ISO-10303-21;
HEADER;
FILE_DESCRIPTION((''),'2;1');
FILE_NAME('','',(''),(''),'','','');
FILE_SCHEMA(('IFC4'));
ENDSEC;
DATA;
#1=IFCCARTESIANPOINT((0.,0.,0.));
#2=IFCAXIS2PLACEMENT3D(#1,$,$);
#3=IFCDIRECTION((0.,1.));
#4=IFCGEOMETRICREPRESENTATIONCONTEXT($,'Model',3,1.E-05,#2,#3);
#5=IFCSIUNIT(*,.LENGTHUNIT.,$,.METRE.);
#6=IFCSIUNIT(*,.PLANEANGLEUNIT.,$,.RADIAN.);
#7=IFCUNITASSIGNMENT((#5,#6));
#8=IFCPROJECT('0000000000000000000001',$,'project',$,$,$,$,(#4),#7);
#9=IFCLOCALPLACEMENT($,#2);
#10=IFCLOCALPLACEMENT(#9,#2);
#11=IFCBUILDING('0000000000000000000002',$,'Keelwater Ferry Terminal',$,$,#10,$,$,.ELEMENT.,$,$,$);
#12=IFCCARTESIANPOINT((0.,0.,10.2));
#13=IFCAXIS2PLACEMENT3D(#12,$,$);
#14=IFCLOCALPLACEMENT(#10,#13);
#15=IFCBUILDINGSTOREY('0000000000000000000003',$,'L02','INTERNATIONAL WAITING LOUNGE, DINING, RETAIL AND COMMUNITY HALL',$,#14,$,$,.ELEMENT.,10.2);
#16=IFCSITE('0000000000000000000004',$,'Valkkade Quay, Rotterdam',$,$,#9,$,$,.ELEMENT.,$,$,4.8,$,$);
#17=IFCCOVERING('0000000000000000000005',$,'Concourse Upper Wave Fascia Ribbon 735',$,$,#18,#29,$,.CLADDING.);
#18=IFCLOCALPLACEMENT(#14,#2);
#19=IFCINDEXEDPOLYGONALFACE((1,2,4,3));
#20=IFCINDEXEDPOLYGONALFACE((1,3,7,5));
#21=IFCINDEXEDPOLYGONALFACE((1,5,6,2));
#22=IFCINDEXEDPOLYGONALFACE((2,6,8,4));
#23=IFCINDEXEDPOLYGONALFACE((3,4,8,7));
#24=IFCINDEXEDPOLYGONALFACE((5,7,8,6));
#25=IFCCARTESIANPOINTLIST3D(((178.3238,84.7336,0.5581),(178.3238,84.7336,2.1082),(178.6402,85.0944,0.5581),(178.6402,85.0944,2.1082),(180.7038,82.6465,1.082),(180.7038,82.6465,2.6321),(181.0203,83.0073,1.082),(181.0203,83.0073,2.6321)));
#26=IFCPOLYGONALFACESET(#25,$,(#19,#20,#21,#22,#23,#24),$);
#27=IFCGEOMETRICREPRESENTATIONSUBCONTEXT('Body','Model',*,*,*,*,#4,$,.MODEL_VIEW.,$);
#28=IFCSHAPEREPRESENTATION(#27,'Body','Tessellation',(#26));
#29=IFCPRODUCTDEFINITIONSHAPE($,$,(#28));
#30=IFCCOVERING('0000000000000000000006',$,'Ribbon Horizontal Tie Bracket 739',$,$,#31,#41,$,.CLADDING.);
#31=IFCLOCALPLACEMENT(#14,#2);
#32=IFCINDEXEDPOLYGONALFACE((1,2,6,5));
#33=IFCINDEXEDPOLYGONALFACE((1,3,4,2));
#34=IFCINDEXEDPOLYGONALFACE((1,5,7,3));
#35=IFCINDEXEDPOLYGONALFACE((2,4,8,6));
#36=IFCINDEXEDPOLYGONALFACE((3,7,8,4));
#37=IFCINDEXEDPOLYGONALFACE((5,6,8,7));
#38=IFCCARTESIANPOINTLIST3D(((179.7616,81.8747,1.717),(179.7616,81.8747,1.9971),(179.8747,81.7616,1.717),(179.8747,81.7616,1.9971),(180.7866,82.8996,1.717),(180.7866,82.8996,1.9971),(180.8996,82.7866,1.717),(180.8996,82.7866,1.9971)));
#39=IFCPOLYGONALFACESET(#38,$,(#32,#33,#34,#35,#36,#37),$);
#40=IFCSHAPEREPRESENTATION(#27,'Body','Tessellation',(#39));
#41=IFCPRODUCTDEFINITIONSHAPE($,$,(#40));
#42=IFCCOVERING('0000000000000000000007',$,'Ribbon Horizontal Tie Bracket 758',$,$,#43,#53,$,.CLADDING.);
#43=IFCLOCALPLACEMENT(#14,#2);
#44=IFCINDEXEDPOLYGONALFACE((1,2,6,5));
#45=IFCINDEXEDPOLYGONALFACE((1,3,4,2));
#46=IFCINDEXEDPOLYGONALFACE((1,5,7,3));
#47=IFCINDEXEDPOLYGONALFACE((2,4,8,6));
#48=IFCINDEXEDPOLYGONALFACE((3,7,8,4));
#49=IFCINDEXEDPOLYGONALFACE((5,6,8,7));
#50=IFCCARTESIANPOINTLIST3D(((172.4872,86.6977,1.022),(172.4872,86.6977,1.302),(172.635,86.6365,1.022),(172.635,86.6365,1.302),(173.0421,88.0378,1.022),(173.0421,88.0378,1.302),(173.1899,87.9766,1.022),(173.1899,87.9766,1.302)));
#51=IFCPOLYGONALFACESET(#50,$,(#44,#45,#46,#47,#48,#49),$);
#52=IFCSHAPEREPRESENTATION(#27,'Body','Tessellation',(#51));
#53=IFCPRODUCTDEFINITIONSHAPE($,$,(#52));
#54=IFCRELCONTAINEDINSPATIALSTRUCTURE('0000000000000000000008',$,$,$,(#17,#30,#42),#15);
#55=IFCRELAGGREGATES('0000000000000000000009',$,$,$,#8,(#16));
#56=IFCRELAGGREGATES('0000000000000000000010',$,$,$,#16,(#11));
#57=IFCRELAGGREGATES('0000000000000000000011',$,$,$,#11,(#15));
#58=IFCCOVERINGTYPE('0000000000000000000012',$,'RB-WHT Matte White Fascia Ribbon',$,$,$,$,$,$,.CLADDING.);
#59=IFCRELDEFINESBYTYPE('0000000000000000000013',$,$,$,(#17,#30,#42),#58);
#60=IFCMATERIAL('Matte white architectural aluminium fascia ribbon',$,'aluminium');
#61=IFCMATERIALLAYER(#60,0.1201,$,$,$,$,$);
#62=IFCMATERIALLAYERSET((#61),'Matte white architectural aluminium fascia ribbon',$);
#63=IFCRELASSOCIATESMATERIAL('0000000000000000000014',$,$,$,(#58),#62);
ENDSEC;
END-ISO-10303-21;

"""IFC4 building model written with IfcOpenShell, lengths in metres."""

from ifc_helpers import new_model, si_unit, direction, frame, frame_2d, origin, place, context, subcontext, project, spatial, polyline, rectangle, outline, extrude, material, layer, layer_set, type_object, element, save


model = new_model("IFC4")

# Units and contexts
model_context = context("Model", 3, precision=1e-05, world=origin(), true_north=direction((0.0, 1.0)))
body_context = subcontext(model_context, "Body", "Model", "MODEL_VIEW")
ifc_project = project(units=[si_unit("LENGTHUNIT", "METRE"), si_unit("PLANEANGLEUNIT", "RADIAN")], contexts=[model_context])

# Site, building, storey
site_placement = place(None, origin())
site = spatial("IfcSite", under=ifc_project, at=site_placement, Name="Valkkade Quay, Rotterdam", CompositionType="ELEMENT", RefElevation=4.8)
building_placement = place(site_placement, origin())
building = spatial("IfcBuilding", under=site, at=building_placement, Name="Keelwater Ferry Terminal", CompositionType="ELEMENT")
storey_placement = place(building_placement, frame((0.0, 0.0, 10.2)))
storey = spatial("IfcBuildingStorey", under=building, at=storey_placement, Name="L02", Description="INTERNATIONAL WAITING LOUNGE, DINING, RETAIL AND COMMUNITY HALL", CompositionType="ELEMENT", Elevation=10.2)

# Coverings
ifc_material_1 = material(Name="Matte white architectural aluminium fascia ribbon", Category="aluminium")
ifc_layer_1 = layer(ifc_material_1, 0.1201)
ifc_layer_set_1 = layer_set([ifc_layer_1], Name="Matte white architectural aluminium fascia ribbon")
covering_type = type_object("IfcCoveringType", Name="RB-WHT Matte White Fascia Ribbon", PredefinedType="CLADDING", material=ifc_layer_set_1)
covering_1_placement = place(storey_placement, frame((180.8621, 82.8269, 0.5581), z_axis=(0.0, 0.0, 1.0), x_axis=(-0.751864, 0.659318, 0.0)))
element("IfcCovering", 1, at=covering_1_placement, inside=storey, type_object=covering_type, Name="Concourse Upper Wave Fascia Ribbon 735", PredefinedType="CLADDING", context=body_context, shape_type="SweptSolid", body=[
    extrude(outline(polyline([(0.0, 0.5239), (3.1655, 0.0), (3.1655, 1.55), (0.0, 2.074), (0.0, 0.5239)])), frame((0.0, 0.24, 0.0), z_axis=(0.0, -1.0, 0.0), x_axis=(1.0, 0.0, 0.0)), (0.0, 0.0, 1.0), 0.48),
])
covering_2_placement = place(storey_placement, frame((180.843, 82.843, 1.717), z_axis=(0.0, 0.0, 1.0), x_axis=(-0.707107, -0.707107, 0.0)))
element("IfcCovering", 2, at=covering_2_placement, inside=storey, type_object=covering_type, Name="Ribbon Horizontal Tie Bracket 739", PredefinedType="CLADDING", context=body_context, shape_type="SweptSolid", body=[
    extrude(rectangle(XDim=1.4495, YDim=0.1599, at=frame_2d((0.7246, 0.0))), origin(), (0.0, 0.0, 1.0), 0.28),
])
covering_3_placement = place(storey_placement, frame((173.116, 88.0071, 1.022), z_axis=(0.0, 0.0, 1.0), x_axis=(-0.382595, -0.923916, 0.0)))
element("IfcCovering", 3, at=covering_3_placement, inside=storey, type_object=covering_type, Name="Ribbon Horizontal Tie Bracket 758", PredefinedType="CLADDING", context=body_context, shape_type="SweptSolid", body=[
    extrude(rectangle(XDim=1.4504, YDim=0.1599, at=frame_2d((0.7251, 0.0))), origin(), (0.0, 0.0, 1.0), 0.28),
])

save(model, "model.ifc")
